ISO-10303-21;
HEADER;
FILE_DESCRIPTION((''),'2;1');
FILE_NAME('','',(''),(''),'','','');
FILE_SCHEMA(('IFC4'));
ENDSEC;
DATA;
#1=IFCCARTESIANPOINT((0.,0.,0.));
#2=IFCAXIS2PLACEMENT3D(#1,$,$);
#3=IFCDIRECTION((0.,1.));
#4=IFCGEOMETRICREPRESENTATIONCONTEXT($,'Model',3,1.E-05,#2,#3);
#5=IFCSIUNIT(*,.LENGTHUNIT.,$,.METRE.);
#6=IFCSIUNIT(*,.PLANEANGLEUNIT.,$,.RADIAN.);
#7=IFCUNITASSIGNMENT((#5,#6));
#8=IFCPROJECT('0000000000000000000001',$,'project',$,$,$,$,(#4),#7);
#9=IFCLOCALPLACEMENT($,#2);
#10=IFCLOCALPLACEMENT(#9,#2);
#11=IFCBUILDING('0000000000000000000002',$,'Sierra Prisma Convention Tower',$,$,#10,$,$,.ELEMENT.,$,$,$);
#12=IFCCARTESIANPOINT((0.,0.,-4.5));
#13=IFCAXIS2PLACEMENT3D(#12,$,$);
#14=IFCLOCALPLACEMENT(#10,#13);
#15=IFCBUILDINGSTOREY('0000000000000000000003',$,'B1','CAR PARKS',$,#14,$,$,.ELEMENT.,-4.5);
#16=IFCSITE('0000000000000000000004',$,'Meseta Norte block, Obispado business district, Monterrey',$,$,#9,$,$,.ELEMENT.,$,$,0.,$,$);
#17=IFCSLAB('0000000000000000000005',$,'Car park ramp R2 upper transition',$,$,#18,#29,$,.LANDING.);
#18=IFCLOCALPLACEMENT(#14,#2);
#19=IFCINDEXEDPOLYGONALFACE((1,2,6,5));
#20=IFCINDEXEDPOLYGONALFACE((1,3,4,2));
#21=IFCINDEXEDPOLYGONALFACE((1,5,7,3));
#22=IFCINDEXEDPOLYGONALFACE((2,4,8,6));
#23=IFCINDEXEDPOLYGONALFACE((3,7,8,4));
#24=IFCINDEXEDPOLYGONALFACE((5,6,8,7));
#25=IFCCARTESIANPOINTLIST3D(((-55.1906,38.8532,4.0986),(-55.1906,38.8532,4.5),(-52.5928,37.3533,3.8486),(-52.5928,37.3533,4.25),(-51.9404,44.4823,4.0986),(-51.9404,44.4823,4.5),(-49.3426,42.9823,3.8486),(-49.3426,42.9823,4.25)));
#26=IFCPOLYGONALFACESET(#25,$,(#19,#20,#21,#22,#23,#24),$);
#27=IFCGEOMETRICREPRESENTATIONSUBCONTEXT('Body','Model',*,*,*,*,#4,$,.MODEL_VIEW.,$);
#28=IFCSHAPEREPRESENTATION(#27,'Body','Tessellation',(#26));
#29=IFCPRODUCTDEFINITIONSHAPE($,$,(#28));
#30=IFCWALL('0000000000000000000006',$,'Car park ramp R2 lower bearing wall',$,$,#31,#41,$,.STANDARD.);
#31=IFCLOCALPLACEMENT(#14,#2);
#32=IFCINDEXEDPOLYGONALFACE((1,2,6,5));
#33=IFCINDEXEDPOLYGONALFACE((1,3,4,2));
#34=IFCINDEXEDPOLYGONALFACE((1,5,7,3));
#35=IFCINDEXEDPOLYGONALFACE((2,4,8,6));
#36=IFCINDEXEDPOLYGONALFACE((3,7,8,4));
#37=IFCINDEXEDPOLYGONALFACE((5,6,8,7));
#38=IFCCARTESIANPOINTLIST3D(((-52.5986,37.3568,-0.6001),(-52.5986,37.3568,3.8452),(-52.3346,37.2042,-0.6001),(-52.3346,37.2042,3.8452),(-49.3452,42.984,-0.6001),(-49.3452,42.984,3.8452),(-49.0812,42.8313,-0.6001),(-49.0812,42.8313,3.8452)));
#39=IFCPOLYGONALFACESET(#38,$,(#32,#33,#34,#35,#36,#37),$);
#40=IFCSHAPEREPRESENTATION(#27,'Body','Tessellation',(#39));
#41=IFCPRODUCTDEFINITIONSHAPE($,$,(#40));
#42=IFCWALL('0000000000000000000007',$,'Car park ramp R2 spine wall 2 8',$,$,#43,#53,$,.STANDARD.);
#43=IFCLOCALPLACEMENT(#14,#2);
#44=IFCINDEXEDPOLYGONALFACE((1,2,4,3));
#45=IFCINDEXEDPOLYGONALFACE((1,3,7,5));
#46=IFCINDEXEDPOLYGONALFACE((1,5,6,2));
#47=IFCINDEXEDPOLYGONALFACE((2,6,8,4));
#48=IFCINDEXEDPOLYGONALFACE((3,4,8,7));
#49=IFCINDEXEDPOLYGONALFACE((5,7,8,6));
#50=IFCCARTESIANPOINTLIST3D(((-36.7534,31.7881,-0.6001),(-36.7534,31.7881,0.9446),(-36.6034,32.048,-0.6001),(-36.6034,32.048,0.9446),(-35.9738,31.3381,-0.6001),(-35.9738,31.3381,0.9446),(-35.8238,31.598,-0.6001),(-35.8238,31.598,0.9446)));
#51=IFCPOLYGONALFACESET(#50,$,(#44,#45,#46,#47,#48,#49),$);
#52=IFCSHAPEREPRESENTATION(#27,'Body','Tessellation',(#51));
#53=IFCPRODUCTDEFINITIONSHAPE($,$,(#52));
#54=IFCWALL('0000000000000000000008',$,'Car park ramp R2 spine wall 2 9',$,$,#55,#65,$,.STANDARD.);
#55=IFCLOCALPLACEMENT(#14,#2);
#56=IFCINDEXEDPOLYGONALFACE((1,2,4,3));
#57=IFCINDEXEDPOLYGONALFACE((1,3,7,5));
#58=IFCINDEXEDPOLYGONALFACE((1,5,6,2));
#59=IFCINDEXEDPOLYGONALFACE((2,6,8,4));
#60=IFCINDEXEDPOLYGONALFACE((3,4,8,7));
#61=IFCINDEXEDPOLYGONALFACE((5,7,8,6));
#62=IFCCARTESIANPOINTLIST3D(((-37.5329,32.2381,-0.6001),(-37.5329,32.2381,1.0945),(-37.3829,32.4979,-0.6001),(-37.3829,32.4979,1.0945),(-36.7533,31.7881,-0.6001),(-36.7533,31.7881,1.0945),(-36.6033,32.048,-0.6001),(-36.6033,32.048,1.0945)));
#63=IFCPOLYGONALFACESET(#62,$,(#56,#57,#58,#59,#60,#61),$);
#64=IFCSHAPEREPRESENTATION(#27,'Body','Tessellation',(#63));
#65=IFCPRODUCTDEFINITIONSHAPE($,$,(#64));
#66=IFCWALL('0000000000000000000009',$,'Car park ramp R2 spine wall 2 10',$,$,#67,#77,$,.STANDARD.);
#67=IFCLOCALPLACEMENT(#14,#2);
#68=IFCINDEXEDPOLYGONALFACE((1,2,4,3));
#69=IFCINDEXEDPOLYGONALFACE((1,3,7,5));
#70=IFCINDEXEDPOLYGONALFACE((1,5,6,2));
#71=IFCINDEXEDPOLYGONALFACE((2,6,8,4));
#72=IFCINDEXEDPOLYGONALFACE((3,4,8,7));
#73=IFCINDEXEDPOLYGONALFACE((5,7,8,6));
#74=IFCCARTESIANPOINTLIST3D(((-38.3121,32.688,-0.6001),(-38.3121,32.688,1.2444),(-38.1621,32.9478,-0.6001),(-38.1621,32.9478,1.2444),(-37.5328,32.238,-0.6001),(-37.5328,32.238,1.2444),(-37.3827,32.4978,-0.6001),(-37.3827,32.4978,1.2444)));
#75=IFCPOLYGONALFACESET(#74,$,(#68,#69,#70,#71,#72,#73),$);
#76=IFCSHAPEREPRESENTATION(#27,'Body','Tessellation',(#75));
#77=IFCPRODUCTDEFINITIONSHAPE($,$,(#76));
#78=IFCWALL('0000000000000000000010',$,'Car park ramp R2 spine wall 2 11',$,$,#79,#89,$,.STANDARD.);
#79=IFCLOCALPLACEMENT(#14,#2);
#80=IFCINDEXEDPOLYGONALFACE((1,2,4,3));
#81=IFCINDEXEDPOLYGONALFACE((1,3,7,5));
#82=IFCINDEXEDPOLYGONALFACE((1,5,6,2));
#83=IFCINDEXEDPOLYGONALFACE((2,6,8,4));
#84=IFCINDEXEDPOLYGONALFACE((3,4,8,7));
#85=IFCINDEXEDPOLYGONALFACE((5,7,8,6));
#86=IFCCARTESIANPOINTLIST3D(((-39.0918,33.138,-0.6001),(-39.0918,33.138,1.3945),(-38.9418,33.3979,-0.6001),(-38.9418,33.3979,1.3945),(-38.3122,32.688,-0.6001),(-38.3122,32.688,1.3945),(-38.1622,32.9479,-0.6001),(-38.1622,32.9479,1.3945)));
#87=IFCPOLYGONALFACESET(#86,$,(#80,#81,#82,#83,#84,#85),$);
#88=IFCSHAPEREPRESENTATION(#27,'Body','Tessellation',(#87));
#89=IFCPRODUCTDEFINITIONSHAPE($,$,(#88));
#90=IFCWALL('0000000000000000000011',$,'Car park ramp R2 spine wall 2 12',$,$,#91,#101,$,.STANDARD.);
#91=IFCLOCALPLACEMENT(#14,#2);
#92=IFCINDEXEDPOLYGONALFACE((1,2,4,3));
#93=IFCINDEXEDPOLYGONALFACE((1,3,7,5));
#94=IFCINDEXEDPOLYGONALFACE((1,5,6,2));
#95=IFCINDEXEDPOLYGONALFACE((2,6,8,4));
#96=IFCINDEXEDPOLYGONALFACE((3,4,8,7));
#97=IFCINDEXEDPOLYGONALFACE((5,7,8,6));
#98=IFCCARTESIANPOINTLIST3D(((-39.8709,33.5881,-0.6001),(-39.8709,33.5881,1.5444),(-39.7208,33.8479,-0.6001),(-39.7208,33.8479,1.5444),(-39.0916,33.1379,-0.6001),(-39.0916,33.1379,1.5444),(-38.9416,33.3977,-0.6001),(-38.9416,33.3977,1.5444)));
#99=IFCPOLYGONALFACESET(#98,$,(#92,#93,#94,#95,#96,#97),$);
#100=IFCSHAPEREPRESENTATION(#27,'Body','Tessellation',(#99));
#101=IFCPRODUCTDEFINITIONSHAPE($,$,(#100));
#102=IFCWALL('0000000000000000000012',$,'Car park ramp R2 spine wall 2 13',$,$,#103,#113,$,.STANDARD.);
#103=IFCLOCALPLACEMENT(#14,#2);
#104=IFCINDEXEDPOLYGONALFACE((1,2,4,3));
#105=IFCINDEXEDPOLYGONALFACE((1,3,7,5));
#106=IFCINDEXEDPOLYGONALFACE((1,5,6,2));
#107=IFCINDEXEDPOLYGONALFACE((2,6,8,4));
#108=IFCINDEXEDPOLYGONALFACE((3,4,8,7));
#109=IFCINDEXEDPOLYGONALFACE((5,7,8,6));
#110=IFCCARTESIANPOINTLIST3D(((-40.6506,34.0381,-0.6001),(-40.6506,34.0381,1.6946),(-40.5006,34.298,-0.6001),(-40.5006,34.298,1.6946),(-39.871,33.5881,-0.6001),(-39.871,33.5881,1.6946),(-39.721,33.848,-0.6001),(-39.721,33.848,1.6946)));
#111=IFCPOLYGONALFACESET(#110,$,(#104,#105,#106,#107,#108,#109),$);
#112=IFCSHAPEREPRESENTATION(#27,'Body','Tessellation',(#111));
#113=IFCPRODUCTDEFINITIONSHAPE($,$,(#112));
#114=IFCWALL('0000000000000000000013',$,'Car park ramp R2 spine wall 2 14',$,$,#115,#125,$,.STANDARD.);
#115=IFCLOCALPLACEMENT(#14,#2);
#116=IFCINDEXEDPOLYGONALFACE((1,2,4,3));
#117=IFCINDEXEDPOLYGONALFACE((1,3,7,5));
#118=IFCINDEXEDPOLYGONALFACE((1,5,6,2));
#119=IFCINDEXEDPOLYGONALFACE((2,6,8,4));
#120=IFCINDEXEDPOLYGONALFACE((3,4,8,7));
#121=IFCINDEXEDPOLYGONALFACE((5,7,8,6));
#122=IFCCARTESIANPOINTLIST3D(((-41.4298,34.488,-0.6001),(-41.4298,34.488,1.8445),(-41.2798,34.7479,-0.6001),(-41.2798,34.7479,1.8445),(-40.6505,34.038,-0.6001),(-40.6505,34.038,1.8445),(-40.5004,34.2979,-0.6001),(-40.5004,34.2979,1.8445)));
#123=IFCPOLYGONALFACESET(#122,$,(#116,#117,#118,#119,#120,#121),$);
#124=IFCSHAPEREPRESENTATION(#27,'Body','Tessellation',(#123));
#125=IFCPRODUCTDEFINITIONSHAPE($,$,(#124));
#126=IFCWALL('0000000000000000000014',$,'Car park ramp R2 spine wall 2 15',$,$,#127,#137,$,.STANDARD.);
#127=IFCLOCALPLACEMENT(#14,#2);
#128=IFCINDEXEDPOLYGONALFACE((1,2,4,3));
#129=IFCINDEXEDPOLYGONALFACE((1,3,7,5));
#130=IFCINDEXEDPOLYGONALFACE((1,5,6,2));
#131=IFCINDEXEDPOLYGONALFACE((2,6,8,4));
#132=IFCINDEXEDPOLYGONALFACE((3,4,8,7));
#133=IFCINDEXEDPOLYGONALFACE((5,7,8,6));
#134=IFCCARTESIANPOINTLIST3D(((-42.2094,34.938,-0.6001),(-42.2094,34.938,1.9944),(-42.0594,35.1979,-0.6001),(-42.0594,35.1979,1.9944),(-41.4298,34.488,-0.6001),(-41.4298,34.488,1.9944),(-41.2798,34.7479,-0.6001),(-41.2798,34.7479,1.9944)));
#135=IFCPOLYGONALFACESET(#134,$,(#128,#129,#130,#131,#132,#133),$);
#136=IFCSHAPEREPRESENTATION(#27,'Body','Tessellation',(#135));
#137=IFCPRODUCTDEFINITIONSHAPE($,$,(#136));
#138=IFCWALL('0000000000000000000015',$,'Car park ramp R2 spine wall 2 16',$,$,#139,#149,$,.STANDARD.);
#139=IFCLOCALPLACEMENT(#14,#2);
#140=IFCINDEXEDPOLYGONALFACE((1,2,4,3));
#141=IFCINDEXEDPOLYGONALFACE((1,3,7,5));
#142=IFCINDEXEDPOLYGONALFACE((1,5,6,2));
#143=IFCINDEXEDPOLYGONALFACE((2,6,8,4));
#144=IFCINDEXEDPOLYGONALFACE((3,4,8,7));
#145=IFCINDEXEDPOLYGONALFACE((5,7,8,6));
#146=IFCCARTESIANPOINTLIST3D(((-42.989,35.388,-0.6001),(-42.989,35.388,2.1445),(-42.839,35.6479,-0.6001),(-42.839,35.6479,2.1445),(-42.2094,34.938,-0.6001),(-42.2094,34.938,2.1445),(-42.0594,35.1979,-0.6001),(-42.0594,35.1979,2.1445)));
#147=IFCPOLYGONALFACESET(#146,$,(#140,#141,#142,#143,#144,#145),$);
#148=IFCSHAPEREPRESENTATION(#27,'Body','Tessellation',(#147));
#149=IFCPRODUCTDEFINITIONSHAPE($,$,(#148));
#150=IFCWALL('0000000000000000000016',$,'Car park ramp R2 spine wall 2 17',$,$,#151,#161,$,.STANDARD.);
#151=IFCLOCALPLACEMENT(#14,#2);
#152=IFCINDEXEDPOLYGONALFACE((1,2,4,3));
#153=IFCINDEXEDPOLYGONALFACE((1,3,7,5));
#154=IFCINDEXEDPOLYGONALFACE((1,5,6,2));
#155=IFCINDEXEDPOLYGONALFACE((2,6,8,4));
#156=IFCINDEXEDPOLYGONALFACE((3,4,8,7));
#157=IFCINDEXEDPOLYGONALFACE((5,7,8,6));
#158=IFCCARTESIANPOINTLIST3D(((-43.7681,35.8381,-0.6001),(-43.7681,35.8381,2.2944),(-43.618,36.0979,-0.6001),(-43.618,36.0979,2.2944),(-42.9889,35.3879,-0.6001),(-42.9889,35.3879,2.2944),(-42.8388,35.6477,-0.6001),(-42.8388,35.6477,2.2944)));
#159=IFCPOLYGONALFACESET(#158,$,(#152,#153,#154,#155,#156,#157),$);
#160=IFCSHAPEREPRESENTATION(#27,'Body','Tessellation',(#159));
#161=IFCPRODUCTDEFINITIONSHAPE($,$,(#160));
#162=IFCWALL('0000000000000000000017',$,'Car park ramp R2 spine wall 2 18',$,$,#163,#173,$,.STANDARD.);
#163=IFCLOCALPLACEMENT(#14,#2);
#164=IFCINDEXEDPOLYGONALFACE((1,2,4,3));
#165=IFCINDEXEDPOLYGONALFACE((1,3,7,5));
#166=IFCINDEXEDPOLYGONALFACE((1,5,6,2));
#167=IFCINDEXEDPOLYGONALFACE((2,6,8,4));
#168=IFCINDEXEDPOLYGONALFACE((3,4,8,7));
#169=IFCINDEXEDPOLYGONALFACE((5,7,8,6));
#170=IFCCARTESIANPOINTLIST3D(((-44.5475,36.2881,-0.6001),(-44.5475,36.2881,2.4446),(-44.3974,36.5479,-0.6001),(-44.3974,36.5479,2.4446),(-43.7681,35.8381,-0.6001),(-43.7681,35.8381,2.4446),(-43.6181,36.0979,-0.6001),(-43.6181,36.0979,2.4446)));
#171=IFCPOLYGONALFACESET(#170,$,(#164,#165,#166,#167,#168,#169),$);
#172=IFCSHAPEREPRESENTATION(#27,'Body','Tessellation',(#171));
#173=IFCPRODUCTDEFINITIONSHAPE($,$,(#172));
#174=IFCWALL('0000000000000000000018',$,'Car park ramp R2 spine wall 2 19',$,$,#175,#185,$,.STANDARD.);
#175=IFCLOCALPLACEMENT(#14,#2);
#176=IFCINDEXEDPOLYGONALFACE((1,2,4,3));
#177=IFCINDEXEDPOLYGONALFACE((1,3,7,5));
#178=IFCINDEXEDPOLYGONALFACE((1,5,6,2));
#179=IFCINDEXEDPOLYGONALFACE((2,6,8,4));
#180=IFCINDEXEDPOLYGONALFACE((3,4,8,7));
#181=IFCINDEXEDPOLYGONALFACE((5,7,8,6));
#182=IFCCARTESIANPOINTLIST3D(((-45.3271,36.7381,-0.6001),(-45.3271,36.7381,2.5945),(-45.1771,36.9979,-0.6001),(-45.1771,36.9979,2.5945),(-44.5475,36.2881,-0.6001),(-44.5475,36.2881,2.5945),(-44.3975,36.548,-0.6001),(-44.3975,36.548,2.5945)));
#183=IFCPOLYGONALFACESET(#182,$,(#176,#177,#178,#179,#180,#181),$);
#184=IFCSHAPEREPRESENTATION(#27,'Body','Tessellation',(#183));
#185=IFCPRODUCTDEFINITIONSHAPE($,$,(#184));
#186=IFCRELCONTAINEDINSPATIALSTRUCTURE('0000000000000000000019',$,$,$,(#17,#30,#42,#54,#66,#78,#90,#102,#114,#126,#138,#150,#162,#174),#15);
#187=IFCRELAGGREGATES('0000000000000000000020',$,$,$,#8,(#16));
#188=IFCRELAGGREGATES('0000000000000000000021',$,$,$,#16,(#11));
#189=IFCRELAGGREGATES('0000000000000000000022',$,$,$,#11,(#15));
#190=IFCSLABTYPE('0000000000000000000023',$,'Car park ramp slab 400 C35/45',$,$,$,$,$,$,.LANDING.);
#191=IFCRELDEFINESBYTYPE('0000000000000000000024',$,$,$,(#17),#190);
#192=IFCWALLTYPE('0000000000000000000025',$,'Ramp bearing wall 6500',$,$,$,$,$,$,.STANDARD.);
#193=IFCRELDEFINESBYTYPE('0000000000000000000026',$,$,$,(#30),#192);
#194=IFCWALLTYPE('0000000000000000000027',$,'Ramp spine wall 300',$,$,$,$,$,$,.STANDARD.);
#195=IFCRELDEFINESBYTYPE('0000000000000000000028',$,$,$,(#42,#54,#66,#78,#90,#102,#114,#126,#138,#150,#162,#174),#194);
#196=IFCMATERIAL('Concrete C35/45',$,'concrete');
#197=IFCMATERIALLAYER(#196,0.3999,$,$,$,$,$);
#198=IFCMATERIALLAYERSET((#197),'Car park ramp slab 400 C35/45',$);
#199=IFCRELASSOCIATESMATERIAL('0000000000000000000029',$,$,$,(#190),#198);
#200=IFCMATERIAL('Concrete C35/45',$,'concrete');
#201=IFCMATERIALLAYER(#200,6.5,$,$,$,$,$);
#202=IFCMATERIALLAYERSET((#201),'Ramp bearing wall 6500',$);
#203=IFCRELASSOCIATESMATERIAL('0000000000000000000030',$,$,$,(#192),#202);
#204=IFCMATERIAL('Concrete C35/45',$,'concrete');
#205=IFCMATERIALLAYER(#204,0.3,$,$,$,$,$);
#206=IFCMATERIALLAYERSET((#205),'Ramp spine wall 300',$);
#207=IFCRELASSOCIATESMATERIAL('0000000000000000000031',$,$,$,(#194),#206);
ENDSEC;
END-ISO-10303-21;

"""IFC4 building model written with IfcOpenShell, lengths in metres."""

from ifc_helpers import new_model, si_unit, direction, frame, frame_2d, origin, place, context, subcontext, project, spatial, polyline, rectangle, outline, extrude, material, layer, layer_set, type_object, element, save


model = new_model("IFC4")

# Units and contexts
model_context = context("Model", 3, precision=1e-05, world=origin(), true_north=direction((0.0, 1.0)))
body_context = subcontext(model_context, "Body", "Model", "MODEL_VIEW")
ifc_project = project(units=[si_unit("LENGTHUNIT", "METRE"), si_unit("PLANEANGLEUNIT", "RADIAN")], contexts=[model_context])

# Site, building, storey
site_placement = place(None, origin())
site = spatial("IfcSite", under=ifc_project, at=site_placement, Name="Meseta Norte block, Obispado business district, Monterrey", CompositionType="ELEMENT", RefElevation=0.0)
building_placement = place(site_placement, origin())
building = spatial("IfcBuilding", under=site, at=building_placement, Name="Sierra Prisma Convention Tower", CompositionType="ELEMENT")
storey_placement = place(building_placement, frame((0.0, 0.0, -4.5)))
storey = spatial("IfcBuildingStorey", under=building, at=storey_placement, Name="B1", Description="CAR PARKS", CompositionType="ELEMENT", Elevation=-4.5)

# Slab
ifc_material_1 = material(Name="Concrete C35/45", Category="concrete")
ifc_layer_1 = layer(ifc_material_1, 0.3999)
ifc_layer_set_1 = layer_set([ifc_layer_1], Name="Car park ramp slab 400 C35/45")
slab_type = type_object("IfcSlabType", Name="Car park ramp slab 400 C35/45", PredefinedType="LANDING", material=ifc_layer_set_1)
slab_placement = place(storey_placement, frame((-52.5928, 37.3533, 4.25), z_axis=(0.0, 0.0, 1.0), x_axis=(-0.866011, 0.500025, 0.0)))
element("IfcSlab", 1, at=slab_placement, inside=storey, type_object=slab_type, Name="Car park ramp R2 upper transition", PredefinedType="LANDING", context=body_context, shape_type="SweptSolid", body=[
    extrude(outline(polyline([(0.0, -0.4014), (2.9998, -0.1514), (2.9998, 0.25), (0.0, 0.0), (0.0, -0.4014)])), frame((0.0, 0.0, 0.0), z_axis=(0.0, -1.0, 0.0), x_axis=(1.0, 0.0, 0.0)), (0.0, 0.0, 1.0), 6.5),
])

# Walls
ifc_material_2 = material(Name="Concrete C35/45", Category="concrete")
ifc_layer_2 = layer(ifc_material_2, 6.5)
ifc_layer_set_2 = layer_set([ifc_layer_2], Name="Ramp bearing wall 6500")
wall_type_1 = type_object("IfcWallType", Name="Ramp bearing wall 6500", PredefinedType="STANDARD", material=ifc_layer_set_2)
wall_1_placement = place(storey_placement, frame((-50.708, 40.0178, -0.6001), z_axis=(0.0, 0.0, 1.0), x_axis=(-0.865719, 0.500531, 0.0)))
element("IfcWall", 2, at=wall_1_placement, inside=storey, type_object=wall_type_1, Name="Car park ramp R2 lower bearing wall", PredefinedType="STANDARD", context=body_context, shape_type="SweptSolid", body=[
    extrude(rectangle(XDim=0.3049, YDim=6.5, at=frame_2d((0.1523, 0.0))), origin(), (0.0, 0.0, 1.0), 4.4453),
])
ifc_material_3 = material(Name="Concrete C35/45", Category="concrete")
ifc_layer_3 = layer(ifc_material_3, 0.3)
ifc_layer_set_3 = layer_set([ifc_layer_3], Name="Ramp spine wall 300")
wall_type_2 = type_object("IfcWallType", Name="Ramp spine wall 300", PredefinedType="STANDARD", material=ifc_layer_set_3)
wall_2_placement = place(storey_placement, frame((-35.8987, 31.468, -0.6001), z_axis=(0.0, 0.0, 1.0), x_axis=(-0.866082, 0.499902, 0.0)))
element("IfcWall", 3, at=wall_2_placement, inside=storey, type_object=wall_type_2, Name="Car park ramp R2 spine wall 2 8", PredefinedType="STANDARD", context=body_context, shape_type="SweptSolid", body=[
    extrude(rectangle(XDim=0.9001, YDim=0.3, at=frame_2d((0.4502, 0.0))), origin(), (0.0, 0.0, 1.0), 1.5447),
])
wall_3_placement = place(storey_placement, frame((-36.6782, 31.918, -0.6001), z_axis=(0.0, 0.0, 1.0), x_axis=(-0.866082, 0.499902, 0.0)))
element("IfcWall", 4, at=wall_3_placement, inside=storey, type_object=wall_type_2, Name="Car park ramp R2 spine wall 2 9", PredefinedType="STANDARD", context=body_context, shape_type="SweptSolid", body=[
    extrude(rectangle(XDim=0.9001, YDim=0.3, at=frame_2d((0.4502, 0.0))), origin(), (0.0, 0.0, 1.0), 1.6946),
])
wall_4_placement = place(storey_placement, frame((-37.4578, 32.3679, -0.6001), z_axis=(0.0, 0.0, 1.0), x_axis=(-0.866014, 0.50002, 0.0)))
element("IfcWall", 5, at=wall_4_placement, inside=storey, type_object=wall_type_2, Name="Car park ramp R2 spine wall 2 10", PredefinedType="STANDARD", context=body_context, shape_type="SweptSolid", body=[
    extrude(rectangle(XDim=0.8999, YDim=0.3, at=frame_2d((0.45, 0.0))), origin(), (0.0, 0.0, 1.0), 1.8445),
])
wall_5_placement = place(storey_placement, frame((-38.2371, 32.8179, -0.6001), z_axis=(0.0, 0.0, 1.0), x_axis=(-0.866082, 0.499902, 0.0)))
element("IfcWall", 6, at=wall_5_placement, inside=storey, type_object=wall_type_2, Name="Car park ramp R2 spine wall 2 11", PredefinedType="STANDARD", context=body_context, shape_type="SweptSolid", body=[
    extrude(rectangle(XDim=0.9001, YDim=0.3, at=frame_2d((0.4502, 0.0))), origin(), (0.0, 0.0, 1.0), 1.9946),
])
wall_6_placement = place(storey_placement, frame((-39.0166, 33.2678, -0.6001), z_axis=(0.0, 0.0, 1.0), x_axis=(-0.865896, 0.500223, 0.0)))
element("IfcWall", 7, at=wall_6_placement, inside=storey, type_object=wall_type_2, Name="Car park ramp R2 spine wall 2 12", PredefinedType="STANDARD", context=body_context, shape_type="SweptSolid", body=[
    extrude(rectangle(XDim=0.8999, YDim=0.3, at=frame_2d((0.45, 0.0))), origin(), (0.0, 0.0, 1.0), 2.1445),
])
wall_7_placement = place(storey_placement, frame((-39.7959, 33.718, -0.6001), z_axis=(0.0, 0.0, 1.0), x_axis=(-0.866082, 0.499902, 0.0)))
element("IfcWall", 8, at=wall_7_placement, inside=storey, type_object=wall_type_2, Name="Car park ramp R2 spine wall 2 13", PredefinedType="STANDARD", context=body_context, shape_type="SweptSolid", body=[
    extrude(rectangle(XDim=0.9001, YDim=0.3, at=frame_2d((0.4502, 0.0))), origin(), (0.0, 0.0, 1.0), 2.2947),
])
wall_8_placement = place(storey_placement, frame((-40.5754, 34.168, -0.6001), z_axis=(0.0, 0.0, 1.0), x_axis=(-0.866014, 0.50002, 0.0)))
element("IfcWall", 9, at=wall_8_placement, inside=storey, type_object=wall_type_2, Name="Car park ramp R2 spine wall 2 14", PredefinedType="STANDARD", context=body_context, shape_type="SweptSolid", body=[
    extrude(rectangle(XDim=0.8999, YDim=0.3, at=frame_2d((0.45, 0.0))), origin(), (0.0, 0.0, 1.0), 2.4446),
])
wall_9_placement = place(storey_placement, frame((-41.3547, 34.6179, -0.6001), z_axis=(0.0, 0.0, 1.0), x_axis=(-0.866082, 0.499902, 0.0)))
element("IfcWall", 10, at=wall_9_placement, inside=storey, type_object=wall_type_2, Name="Car park ramp R2 spine wall 2 15", PredefinedType="STANDARD", context=body_context, shape_type="SweptSolid", body=[
    extrude(rectangle(XDim=0.9001, YDim=0.3, at=frame_2d((0.4502, 0.0))), origin(), (0.0, 0.0, 1.0), 2.5945),
])
wall_10_placement = place(storey_placement, frame((-42.1343, 35.0679, -0.6001), z_axis=(0.0, 0.0, 1.0), x_axis=(-0.866082, 0.499902, 0.0)))
element("IfcWall", 11, at=wall_10_placement, inside=storey, type_object=wall_type_2, Name="Car park ramp R2 spine wall 2 16", PredefinedType="STANDARD", context=body_context, shape_type="SweptSolid", body=[
    extrude(rectangle(XDim=0.9001, YDim=0.3, at=frame_2d((0.4502, 0.0))), origin(), (0.0, 0.0, 1.0), 2.7446),
])
wall_11_placement = place(storey_placement, frame((-42.9138, 35.5178, -0.6001), z_axis=(0.0, 0.0, 1.0), x_axis=(-0.865896, 0.500223, 0.0)))
element("IfcWall", 12, at=wall_11_placement, inside=storey, type_object=wall_type_2, Name="Car park ramp R2 spine wall 2 17", PredefinedType="STANDARD", context=body_context, shape_type="SweptSolid", body=[
    extrude(rectangle(XDim=0.8999, YDim=0.3, at=frame_2d((0.45, 0.0))), origin(), (0.0, 0.0, 1.0), 2.8945),
])
wall_12_placement = place(storey_placement, frame((-43.6931, 35.968, -0.6001), z_axis=(0.0, 0.0, 1.0), x_axis=(-0.866014, 0.50002, 0.0)))
element("IfcWall", 13, at=wall_12_placement, inside=storey, type_object=wall_type_2, Name="Car park ramp R2 spine wall 2 18", PredefinedType="STANDARD", context=body_context, shape_type="SweptSolid", body=[
    extrude(rectangle(XDim=0.8999, YDim=0.3, at=frame_2d((0.45, 0.0))), origin(), (0.0, 0.0, 1.0), 3.0447),
])
wall_13_placement = place(storey_placement, frame((-44.4724, 36.418, -0.6001), z_axis=(0.0, 0.0, 1.0), x_axis=(-0.866082, 0.499902, 0.0)))
element("IfcWall", 14, at=wall_13_placement, inside=storey, type_object=wall_type_2, Name="Car park ramp R2 spine wall 2 19", PredefinedType="STANDARD", context=body_context, shape_type="SweptSolid", body=[
    extrude(rectangle(XDim=0.9001, YDim=0.3, at=frame_2d((0.4502, 0.0))), origin(), (0.0, 0.0, 1.0), 3.1946),
])

save(model, "model.ifc")
